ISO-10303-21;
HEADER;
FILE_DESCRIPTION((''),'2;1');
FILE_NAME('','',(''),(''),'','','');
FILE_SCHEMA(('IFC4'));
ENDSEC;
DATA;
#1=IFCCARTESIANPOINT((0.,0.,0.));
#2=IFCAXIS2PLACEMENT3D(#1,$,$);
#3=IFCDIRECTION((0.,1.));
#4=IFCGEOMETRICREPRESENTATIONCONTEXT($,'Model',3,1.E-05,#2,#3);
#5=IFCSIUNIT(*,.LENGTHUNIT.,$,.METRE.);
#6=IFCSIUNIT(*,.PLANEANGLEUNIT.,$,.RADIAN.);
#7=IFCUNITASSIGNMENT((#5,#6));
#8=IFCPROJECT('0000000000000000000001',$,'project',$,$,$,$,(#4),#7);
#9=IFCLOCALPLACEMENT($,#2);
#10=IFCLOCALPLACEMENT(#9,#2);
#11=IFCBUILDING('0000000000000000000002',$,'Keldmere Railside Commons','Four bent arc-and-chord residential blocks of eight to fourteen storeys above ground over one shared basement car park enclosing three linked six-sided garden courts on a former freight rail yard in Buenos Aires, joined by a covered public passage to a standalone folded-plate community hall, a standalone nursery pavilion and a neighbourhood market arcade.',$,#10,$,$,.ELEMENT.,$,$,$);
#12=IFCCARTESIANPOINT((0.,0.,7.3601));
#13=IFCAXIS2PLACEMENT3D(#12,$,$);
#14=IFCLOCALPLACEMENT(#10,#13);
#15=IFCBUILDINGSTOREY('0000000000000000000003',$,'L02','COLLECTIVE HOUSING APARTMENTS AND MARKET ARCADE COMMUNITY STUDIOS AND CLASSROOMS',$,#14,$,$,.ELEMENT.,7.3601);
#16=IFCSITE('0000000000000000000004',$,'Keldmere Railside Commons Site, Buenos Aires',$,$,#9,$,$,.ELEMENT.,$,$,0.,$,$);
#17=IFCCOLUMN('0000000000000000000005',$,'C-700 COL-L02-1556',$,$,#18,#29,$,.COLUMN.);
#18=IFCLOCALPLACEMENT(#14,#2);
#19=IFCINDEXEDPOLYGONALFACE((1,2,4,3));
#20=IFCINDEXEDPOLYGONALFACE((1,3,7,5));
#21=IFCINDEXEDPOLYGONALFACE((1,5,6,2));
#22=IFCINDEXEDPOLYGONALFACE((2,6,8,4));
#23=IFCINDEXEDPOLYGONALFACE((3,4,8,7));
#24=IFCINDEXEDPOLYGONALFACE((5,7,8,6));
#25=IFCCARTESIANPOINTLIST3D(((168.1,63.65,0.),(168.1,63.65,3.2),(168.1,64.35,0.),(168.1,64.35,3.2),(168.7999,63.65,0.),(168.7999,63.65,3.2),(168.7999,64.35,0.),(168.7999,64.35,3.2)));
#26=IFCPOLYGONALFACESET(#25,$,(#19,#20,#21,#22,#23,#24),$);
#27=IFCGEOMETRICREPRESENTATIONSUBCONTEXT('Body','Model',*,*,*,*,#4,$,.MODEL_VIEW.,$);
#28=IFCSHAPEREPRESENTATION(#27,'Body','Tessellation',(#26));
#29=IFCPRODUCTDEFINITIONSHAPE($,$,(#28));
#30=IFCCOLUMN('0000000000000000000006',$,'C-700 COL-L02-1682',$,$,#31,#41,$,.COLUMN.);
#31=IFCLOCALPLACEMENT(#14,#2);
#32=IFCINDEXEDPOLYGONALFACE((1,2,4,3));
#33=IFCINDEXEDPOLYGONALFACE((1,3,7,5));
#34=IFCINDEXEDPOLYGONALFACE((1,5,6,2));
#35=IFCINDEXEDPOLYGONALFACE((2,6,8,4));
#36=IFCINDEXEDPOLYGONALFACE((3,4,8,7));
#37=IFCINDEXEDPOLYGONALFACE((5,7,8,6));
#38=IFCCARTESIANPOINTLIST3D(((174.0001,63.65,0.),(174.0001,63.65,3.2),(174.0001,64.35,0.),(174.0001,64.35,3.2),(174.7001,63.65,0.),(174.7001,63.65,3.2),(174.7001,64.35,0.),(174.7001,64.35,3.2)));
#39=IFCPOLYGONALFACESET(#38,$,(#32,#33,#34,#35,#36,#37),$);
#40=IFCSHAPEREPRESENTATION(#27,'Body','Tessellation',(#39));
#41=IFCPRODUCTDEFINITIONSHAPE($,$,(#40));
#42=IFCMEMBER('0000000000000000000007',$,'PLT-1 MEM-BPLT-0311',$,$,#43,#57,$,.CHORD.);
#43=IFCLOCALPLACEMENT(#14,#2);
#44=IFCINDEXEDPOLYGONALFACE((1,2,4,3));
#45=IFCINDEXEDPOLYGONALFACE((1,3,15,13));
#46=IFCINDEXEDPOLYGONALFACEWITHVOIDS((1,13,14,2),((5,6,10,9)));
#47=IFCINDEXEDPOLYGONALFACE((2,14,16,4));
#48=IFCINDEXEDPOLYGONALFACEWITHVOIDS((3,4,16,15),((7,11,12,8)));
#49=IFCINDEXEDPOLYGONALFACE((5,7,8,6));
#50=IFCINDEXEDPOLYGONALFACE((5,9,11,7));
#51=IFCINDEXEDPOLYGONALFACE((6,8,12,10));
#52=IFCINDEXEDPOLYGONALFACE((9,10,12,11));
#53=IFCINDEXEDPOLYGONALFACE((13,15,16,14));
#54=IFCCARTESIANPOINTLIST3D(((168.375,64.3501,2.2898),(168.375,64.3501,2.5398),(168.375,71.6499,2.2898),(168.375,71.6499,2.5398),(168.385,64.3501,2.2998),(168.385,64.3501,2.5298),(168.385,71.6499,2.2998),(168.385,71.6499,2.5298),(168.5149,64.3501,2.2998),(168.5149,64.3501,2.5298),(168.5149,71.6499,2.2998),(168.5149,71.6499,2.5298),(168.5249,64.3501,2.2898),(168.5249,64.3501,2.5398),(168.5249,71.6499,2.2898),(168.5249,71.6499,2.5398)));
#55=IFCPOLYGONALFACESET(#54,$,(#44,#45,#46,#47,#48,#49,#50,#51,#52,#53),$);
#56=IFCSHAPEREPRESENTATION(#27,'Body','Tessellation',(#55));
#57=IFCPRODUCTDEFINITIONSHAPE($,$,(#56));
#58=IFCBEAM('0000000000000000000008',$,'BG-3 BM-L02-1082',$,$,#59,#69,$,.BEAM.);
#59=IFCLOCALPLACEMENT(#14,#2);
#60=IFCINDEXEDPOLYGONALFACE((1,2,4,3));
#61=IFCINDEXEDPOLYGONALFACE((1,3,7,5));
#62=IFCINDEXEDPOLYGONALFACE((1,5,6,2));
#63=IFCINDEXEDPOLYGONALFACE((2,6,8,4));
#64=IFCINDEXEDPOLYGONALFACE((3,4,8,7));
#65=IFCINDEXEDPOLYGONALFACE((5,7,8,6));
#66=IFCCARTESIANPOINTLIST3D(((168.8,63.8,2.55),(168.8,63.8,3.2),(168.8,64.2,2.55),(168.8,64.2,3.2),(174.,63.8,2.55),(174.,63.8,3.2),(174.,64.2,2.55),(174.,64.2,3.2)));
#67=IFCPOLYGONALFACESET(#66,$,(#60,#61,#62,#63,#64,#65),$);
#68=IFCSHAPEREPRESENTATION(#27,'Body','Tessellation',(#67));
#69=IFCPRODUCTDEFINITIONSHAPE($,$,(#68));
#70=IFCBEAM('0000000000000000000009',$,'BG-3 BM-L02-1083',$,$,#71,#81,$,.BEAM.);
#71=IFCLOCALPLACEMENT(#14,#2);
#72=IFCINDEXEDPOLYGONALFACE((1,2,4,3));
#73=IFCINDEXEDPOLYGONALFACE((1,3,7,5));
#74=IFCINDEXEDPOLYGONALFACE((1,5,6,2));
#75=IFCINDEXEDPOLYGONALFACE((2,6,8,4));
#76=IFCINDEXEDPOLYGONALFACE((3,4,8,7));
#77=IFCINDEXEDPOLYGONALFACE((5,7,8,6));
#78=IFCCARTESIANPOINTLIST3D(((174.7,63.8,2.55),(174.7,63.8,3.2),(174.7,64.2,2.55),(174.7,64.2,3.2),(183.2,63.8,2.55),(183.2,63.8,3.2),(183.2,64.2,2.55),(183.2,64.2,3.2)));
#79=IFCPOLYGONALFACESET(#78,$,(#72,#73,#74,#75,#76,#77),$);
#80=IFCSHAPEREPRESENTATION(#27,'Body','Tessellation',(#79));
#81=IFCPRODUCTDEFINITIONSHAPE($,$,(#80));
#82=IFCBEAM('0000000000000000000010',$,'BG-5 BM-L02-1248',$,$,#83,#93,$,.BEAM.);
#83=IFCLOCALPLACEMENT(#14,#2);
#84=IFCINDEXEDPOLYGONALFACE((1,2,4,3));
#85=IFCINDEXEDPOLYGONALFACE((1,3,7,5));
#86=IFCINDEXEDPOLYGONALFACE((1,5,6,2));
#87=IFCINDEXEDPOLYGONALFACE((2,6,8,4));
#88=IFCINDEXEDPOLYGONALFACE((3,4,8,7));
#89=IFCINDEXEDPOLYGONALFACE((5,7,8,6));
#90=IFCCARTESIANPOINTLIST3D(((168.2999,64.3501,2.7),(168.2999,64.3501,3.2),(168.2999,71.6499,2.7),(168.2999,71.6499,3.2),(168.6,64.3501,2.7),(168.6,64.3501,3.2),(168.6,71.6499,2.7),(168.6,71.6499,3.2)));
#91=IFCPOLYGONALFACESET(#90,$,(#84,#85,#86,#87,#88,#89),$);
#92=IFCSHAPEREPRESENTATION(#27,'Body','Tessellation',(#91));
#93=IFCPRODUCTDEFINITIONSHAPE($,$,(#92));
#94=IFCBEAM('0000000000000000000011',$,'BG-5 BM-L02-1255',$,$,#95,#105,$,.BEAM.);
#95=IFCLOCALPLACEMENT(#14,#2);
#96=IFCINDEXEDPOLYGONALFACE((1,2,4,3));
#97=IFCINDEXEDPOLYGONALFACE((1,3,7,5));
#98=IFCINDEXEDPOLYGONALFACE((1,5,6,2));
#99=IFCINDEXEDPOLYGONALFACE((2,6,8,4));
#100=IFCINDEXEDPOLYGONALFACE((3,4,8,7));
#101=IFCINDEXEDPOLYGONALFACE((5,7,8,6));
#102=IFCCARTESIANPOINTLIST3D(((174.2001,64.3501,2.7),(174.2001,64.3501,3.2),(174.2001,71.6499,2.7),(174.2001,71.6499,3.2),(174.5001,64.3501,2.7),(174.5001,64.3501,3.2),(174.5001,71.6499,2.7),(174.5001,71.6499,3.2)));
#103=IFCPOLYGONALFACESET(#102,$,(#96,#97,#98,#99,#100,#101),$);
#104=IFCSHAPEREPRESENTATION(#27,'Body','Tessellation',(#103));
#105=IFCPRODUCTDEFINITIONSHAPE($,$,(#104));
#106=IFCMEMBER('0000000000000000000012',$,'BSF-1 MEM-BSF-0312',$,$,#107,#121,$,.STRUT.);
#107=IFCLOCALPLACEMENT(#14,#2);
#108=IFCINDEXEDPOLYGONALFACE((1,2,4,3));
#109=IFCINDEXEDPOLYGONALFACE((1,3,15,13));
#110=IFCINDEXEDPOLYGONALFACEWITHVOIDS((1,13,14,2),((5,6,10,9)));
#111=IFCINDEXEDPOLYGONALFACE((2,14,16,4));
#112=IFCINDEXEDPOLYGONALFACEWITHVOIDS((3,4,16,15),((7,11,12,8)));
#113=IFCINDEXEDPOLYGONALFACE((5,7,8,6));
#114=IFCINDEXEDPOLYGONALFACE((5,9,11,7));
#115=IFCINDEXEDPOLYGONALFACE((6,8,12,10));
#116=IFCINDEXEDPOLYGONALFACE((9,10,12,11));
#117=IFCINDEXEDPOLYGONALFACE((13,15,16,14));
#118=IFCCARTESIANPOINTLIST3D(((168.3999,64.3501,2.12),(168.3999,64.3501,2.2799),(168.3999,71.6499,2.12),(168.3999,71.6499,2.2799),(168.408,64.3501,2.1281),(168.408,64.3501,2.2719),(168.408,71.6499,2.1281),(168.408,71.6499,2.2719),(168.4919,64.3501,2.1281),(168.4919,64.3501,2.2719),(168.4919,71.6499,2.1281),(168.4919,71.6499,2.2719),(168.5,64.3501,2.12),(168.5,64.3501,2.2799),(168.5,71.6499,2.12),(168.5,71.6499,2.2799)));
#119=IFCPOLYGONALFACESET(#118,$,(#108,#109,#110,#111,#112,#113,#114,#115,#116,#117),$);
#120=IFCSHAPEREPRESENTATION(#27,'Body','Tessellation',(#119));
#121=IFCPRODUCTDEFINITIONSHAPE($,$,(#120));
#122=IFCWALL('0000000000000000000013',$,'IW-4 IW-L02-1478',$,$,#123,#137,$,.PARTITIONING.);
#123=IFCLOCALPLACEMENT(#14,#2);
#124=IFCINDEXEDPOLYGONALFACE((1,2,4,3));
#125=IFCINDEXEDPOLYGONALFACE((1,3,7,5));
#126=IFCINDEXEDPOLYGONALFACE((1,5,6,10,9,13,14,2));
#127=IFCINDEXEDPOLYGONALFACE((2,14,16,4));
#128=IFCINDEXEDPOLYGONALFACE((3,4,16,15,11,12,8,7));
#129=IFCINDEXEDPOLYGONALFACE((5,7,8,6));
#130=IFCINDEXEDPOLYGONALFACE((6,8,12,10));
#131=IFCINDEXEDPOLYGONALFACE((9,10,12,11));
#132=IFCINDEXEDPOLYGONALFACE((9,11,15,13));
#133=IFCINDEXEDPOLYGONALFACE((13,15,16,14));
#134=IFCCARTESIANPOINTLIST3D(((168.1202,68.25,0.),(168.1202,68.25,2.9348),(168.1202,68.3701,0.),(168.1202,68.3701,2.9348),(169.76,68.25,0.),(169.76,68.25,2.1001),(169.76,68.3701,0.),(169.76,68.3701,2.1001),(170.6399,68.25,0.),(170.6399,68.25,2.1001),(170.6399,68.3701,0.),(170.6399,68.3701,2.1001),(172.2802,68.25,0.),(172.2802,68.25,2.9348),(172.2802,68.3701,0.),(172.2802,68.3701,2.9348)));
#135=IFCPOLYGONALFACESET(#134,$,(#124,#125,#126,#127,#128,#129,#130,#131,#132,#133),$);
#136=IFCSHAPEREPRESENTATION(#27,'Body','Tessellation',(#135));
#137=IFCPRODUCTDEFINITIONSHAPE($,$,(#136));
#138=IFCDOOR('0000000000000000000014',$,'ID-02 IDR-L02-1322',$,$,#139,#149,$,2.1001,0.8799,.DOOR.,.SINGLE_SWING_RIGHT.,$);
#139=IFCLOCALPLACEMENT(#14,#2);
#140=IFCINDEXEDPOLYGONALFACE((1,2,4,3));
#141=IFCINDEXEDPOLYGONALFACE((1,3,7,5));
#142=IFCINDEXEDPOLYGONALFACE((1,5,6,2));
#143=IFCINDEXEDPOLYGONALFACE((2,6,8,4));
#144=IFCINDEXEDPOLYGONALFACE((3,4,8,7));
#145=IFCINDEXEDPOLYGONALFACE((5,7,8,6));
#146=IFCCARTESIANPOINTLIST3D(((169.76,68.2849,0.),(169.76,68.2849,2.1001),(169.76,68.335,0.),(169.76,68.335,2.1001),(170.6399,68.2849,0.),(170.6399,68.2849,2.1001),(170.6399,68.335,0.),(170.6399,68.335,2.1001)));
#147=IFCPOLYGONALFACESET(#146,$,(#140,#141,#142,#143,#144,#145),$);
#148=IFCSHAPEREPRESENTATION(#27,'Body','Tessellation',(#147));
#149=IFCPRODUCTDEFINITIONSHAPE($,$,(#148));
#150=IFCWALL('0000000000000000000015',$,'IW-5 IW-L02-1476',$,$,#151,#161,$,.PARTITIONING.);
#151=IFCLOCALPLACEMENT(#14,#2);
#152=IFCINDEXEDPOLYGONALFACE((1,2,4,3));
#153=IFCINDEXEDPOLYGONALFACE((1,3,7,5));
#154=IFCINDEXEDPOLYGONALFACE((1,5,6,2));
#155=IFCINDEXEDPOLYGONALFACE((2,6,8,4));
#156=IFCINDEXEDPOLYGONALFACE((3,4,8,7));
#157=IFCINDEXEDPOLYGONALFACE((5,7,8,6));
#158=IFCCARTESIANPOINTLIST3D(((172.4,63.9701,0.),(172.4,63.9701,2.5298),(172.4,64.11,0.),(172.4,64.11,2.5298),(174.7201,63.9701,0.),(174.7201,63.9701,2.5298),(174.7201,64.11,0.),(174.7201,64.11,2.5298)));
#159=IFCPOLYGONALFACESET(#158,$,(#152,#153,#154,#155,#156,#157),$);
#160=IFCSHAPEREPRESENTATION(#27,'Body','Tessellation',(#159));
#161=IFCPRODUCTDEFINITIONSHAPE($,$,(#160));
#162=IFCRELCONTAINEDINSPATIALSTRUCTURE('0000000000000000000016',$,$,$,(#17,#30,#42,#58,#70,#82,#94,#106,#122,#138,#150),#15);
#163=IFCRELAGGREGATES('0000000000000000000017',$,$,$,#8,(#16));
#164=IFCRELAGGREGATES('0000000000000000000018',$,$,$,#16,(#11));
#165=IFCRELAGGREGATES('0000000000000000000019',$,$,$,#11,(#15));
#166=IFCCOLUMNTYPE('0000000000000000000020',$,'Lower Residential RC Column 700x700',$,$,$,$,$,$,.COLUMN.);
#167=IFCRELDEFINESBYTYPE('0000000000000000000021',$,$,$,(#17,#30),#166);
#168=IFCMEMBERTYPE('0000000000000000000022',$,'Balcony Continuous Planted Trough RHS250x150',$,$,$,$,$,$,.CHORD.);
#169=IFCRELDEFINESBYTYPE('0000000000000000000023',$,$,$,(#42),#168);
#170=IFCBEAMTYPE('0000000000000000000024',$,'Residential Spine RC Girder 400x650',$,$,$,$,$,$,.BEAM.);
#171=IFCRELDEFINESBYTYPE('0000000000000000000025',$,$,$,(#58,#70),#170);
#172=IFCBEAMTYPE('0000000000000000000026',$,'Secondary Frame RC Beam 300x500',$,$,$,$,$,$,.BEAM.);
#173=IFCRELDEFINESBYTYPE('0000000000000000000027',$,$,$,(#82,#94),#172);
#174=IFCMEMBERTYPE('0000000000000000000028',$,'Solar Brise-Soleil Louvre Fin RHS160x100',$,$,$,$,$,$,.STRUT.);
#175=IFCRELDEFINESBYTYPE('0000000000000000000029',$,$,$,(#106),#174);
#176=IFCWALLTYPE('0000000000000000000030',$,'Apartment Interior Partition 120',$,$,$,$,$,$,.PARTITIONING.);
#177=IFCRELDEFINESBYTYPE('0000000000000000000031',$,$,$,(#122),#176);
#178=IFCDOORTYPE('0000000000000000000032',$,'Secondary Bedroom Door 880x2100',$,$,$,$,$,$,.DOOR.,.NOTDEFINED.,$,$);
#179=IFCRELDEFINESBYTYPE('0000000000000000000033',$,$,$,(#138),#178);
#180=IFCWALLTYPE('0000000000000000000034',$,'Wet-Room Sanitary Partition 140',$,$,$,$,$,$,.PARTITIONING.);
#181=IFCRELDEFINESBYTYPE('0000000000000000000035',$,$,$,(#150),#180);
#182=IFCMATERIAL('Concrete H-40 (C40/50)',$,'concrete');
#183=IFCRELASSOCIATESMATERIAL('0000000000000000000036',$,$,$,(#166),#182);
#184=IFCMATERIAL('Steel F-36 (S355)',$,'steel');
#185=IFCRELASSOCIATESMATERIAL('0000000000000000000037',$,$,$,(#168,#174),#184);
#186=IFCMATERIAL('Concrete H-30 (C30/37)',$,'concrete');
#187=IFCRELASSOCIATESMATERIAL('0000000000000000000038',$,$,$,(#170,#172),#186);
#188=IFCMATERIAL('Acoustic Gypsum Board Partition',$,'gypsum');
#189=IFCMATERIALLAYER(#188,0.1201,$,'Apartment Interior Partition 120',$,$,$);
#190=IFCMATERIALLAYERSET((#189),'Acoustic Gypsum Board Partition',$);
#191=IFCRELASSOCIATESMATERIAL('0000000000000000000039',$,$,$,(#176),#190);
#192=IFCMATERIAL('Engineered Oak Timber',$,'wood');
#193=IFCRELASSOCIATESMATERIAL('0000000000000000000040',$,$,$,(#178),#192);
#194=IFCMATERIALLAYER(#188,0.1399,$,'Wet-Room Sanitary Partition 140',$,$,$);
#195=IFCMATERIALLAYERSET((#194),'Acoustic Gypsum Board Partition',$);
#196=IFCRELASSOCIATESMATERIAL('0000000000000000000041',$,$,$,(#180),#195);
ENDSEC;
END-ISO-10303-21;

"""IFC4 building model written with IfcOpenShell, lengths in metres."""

from ifc_helpers import new_model, si_unit, direction, frame, frame_2d, origin, origin_2d, place, context, subcontext, project, spatial, rectangle, hollow_rectangle, extrude, material, layer, layer_set, material_profile, profile_set, type_object, element, fill, save


model = new_model("IFC4")

# Units and contexts
model_context = context("Model", 3, precision=1e-05, world=origin(), true_north=direction((0.0, 1.0)))
body_context = subcontext(model_context, "Body", "Model", "MODEL_VIEW")
ifc_project = project(units=[si_unit("LENGTHUNIT", "METRE"), si_unit("PLANEANGLEUNIT", "RADIAN")], contexts=[model_context])

# Site, building, storey
site_placement = place(None, origin())
site = spatial("IfcSite", under=ifc_project, at=site_placement, Name="Keldmere Railside Commons Site, Buenos Aires", CompositionType="ELEMENT", RefElevation=0.0)
building_placement = place(site_placement, origin())
building = spatial("IfcBuilding", under=site, at=building_placement, Name="Keldmere Railside Commons", Description="Four bent arc-and-chord residential blocks of eight to fourteen storeys above ground over one shared basement car park enclosing three linked six-sided garden courts on a former freight rail yard in Buenos Aires, joined by a covered public passage to a standalone folded-plate community hall, a standalone nursery pavilion and a neighbourhood market arcade.", CompositionType="ELEMENT")
storey_placement = place(building_placement, frame((0.0, 0.0, 7.3601)))
storey = spatial("IfcBuildingStorey", under=building, at=storey_placement, Name="L02", Description="COLLECTIVE HOUSING APARTMENTS AND MARKET ARCADE COMMUNITY STUDIOS AND CLASSROOMS", CompositionType="ELEMENT", Elevation=7.3601)

# Columns
ifc_material_1 = material(Name="Concrete H-40 (C40/50)", Category="concrete")
ifc_material_profile_1 = material_profile(ifc_material_1, rectangle(XDim=0.7, YDim=0.7, at=origin_2d()), Name="RC-700x700")
ifc_profile_set_1 = profile_set([ifc_material_profile_1], Name="Concrete H-40 (C40/50)")
column_type = type_object("IfcColumnType", Name="Lower Residential RC Column 700x700", PredefinedType="COLUMN", material=ifc_profile_set_1)
for number, where, z_axis, x_axis, name in (
    (1, (168.45, 64.0, 0.0), (0.0, 0.0, 1.0), (1.0, 0.0, 0.0), "C-700 COL-L02-1556"),
    (2, (174.3501, 64.0, 0.0), (0.0, 0.0, 1.0), (1.0, 0.0, 0.0), "C-700 COL-L02-1682"),
):
    element("IfcColumn", number, at=place(storey_placement, frame(where, z_axis=z_axis, x_axis=x_axis)), inside=storey, type_object=column_type, Name=name, PredefinedType="COLUMN", context=body_context, shape_type="SweptSolid", body=[
        extrude(rectangle(XDim=0.7, YDim=0.7, at=origin_2d()), origin(), (0.0, 0.0, 1.0), 3.2),
    ])

# Member
ifc_material_2 = material(Name="Steel F-36 (S355)", Category="steel")
ifc_material_profile_2 = material_profile(ifc_material_2, hollow_rectangle(XDim=0.1499, YDim=0.25, WallThickness=0.01, at=origin_2d()), Name="RHS-250x150x10")
ifc_profile_set_2 = profile_set([ifc_material_profile_2], Name="Steel F-36 (S355)")
member_type_1 = type_object("IfcMemberType", Name="Balcony Continuous Planted Trough RHS250x150", PredefinedType="CHORD", material=ifc_profile_set_2)
member_1_placement = place(storey_placement, frame((168.45, 64.3501, 2.4148), z_axis=(0.0, 1.0, 0.0), x_axis=(-1.0, 0.0, 0.0)))
element("IfcMember", 3, at=member_1_placement, inside=storey, type_object=member_type_1, Name="PLT-1 MEM-BPLT-0311", PredefinedType="CHORD", context=body_context, shape_type="SweptSolid", body=[
    extrude(hollow_rectangle(XDim=0.1499, YDim=0.25, WallThickness=0.01, at=origin_2d()), origin(), (0.0, 0.0, 1.0), 7.2998),
])

# Beams
ifc_material_3 = material(Name="Concrete H-30 (C30/37)", Category="concrete")
ifc_material_profile_3 = material_profile(ifc_material_3, rectangle(XDim=0.3999, YDim=0.6499, at=origin_2d()), Name="RC-400x650")
ifc_profile_set_3 = profile_set([ifc_material_profile_3], Name="Concrete H-30 (C30/37)")
beam_type_1 = type_object("IfcBeamType", Name="Residential Spine RC Girder 400x650", PredefinedType="BEAM", material=ifc_profile_set_3)
beam_1_placement = place(storey_placement, frame((168.8, 64.0, 2.875), z_axis=(1.0, 0.0, 0.0), x_axis=(0.0, 1.0, 0.0)))
element("IfcBeam", 4, at=beam_1_placement, inside=storey, type_object=beam_type_1, Name="BG-3 BM-L02-1082", PredefinedType="BEAM", context=body_context, shape_type="SweptSolid", body=[
    extrude(rectangle(XDim=0.3999, YDim=0.6499, at=origin_2d()), origin(), (0.0, 0.0, 1.0), 5.2),
])
beam_2_placement = place(storey_placement, frame((174.7, 64.0, 2.875), z_axis=(1.0, 0.0, 0.0), x_axis=(0.0, 1.0, 0.0)))
element("IfcBeam", 5, at=beam_2_placement, inside=storey, type_object=beam_type_1, Name="BG-3 BM-L02-1083", PredefinedType="BEAM", context=body_context, shape_type="SweptSolid", body=[
    extrude(rectangle(XDim=0.3999, YDim=0.6499, at=origin_2d()), origin(), (0.0, 0.0, 1.0), 8.5),
])
ifc_material_profile_4 = material_profile(ifc_material_3, rectangle(XDim=0.3, YDim=0.5, at=origin_2d()), Name="RC-300x500")
ifc_profile_set_4 = profile_set([ifc_material_profile_4], Name="Concrete H-30 (C30/37)")
beam_type_2 = type_object("IfcBeamType", Name="Secondary Frame RC Beam 300x500", PredefinedType="BEAM", material=ifc_profile_set_4)
for number, where, z_axis, x_axis, name in (
    (6, (168.45, 64.3501, 2.95), (0.0, 1.0, 0.0), (-1.0, 0.0, 0.0), "BG-5 BM-L02-1248"),
    (7, (174.3501, 64.3501, 2.95), (0.0, 1.0, 0.0), (-1.0, 0.0, 0.0), "BG-5 BM-L02-1255"),
):
    element("IfcBeam", number, at=place(storey_placement, frame(where, z_axis=z_axis, x_axis=x_axis)), inside=storey, type_object=beam_type_2, Name=name, PredefinedType="BEAM", context=body_context, shape_type="SweptSolid", body=[
        extrude(rectangle(XDim=0.3, YDim=0.5, at=origin_2d()), origin(), (0.0, 0.0, 1.0), 7.2998),
    ])

# Member
ifc_material_profile_5 = material_profile(ifc_material_2, hollow_rectangle(XDim=0.1001, YDim=0.1599, WallThickness=0.0081, at=origin_2d()), Name="RHS-160x100x8")
ifc_profile_set_5 = profile_set([ifc_material_profile_5], Name="Steel F-36 (S355)")
member_type_2 = type_object("IfcMemberType", Name="Solar Brise-Soleil Louvre Fin RHS160x100", PredefinedType="STRUT", material=ifc_profile_set_5)
member_2_placement = place(storey_placement, frame((168.45, 64.3501, 2.2), z_axis=(0.0, 1.0, 0.0), x_axis=(-1.0, 0.0, 0.0)))
element("IfcMember", 8, at=member_2_placement, inside=storey, type_object=member_type_2, Name="BSF-1 MEM-BSF-0312", PredefinedType="STRUT", context=body_context, shape_type="SweptSolid", body=[
    extrude(hollow_rectangle(XDim=0.1001, YDim=0.1599, WallThickness=0.0081, at=origin_2d()), origin(), (0.0, 0.0, 1.0), 7.2998),
])

# Wall, opening, door
ifc_material_4 = material(Name="Acoustic Gypsum Board Partition", Category="gypsum")
ifc_layer_1 = layer(ifc_material_4, 0.1201, Name="Apartment Interior Partition 120")
ifc_layer_set_1 = layer_set([ifc_layer_1], Name="Acoustic Gypsum Board Partition")
wall_type_1 = type_object("IfcWallType", Name="Apartment Interior Partition 120", PredefinedType="PARTITIONING", material=ifc_layer_set_1)
wall_1_placement = place(storey_placement, frame((168.1201, 68.3101, 0.0), z_axis=(0.0, 0.0, 1.0), x_axis=(1.0, 0.0, 0.0)))
wall_1 = element("IfcWall", 9, at=wall_1_placement, inside=storey, type_object=wall_type_1, Name="IW-4 IW-L02-1478", PredefinedType="PARTITIONING", context=body_context, shape_type="SweptSolid", body=[
    extrude(rectangle(XDim=4.1599, YDim=0.1201, at=frame_2d((2.0801, 0.0))), origin(), (0.0, 0.0, 1.0), 2.9348),
])
opening_placement = place(wall_1_placement, frame((1.6399, 0.0, 0.0)))
opening = element("IfcOpeningElement", 10, at=opening_placement, cuts=wall_1, PredefinedType="OPENING", context=body_context, shape_type="SweptSolid", body=[
    extrude(rectangle(XDim=0.8799, YDim=2.1001, at=frame_2d((0.4399, 1.05))), frame((0.0, 0.0701, 0.0), z_axis=(0.0, -1.0, 0.0), x_axis=(1.0, 0.0, 0.0)), (0.0, 0.0, 1.0), 0.1401),
])
ifc_material_5 = material(Name="Engineered Oak Timber", Category="wood")
door_type = type_object("IfcDoorType", Name="Secondary Bedroom Door 880x2100", OperationType="NOTDEFINED", PredefinedType="DOOR", material=ifc_material_5)
door_placement = place(opening_placement, origin())
door = element("IfcDoor", 11, at=door_placement, inside=storey, type_object=door_type, Name="ID-02 IDR-L02-1322", OperationType="SINGLE_SWING_RIGHT", OverallHeight=2.1001, OverallWidth=0.8799, PredefinedType="DOOR", context=body_context, shape_type="SweptSolid", body=[
    extrude(rectangle(XDim=0.8799, YDim=2.1001, at=frame_2d((0.4399, 1.05))), frame((0.0, 0.0249, 0.0), z_axis=(0.0, -1.0, 0.0), x_axis=(1.0, 0.0, 0.0)), (0.0, 0.0, 1.0), 0.05),
])
fill(opening, door)

# Wall
ifc_layer_2 = layer(ifc_material_4, 0.1399, Name="Wet-Room Sanitary Partition 140")
ifc_layer_set_2 = layer_set([ifc_layer_2], Name="Acoustic Gypsum Board Partition")
wall_type_2 = type_object("IfcWallType", Name="Wet-Room Sanitary Partition 140", PredefinedType="PARTITIONING", material=ifc_layer_set_2)
wall_2_placement = place(storey_placement, frame((172.3999, 64.04, 0.0), z_axis=(0.0, 0.0, 1.0), x_axis=(1.0, 0.0, 0.0)))
element("IfcWall", 12, at=wall_2_placement, inside=storey, type_object=wall_type_2, Name="IW-5 IW-L02-1476", PredefinedType="PARTITIONING", context=body_context, shape_type="SweptSolid", body=[
    extrude(rectangle(XDim=2.3201, YDim=0.1399, at=frame_2d((1.1602, 0.0))), origin(), (0.0, 0.0, 1.0), 2.5298),
])

save(model, "model.ifc")
